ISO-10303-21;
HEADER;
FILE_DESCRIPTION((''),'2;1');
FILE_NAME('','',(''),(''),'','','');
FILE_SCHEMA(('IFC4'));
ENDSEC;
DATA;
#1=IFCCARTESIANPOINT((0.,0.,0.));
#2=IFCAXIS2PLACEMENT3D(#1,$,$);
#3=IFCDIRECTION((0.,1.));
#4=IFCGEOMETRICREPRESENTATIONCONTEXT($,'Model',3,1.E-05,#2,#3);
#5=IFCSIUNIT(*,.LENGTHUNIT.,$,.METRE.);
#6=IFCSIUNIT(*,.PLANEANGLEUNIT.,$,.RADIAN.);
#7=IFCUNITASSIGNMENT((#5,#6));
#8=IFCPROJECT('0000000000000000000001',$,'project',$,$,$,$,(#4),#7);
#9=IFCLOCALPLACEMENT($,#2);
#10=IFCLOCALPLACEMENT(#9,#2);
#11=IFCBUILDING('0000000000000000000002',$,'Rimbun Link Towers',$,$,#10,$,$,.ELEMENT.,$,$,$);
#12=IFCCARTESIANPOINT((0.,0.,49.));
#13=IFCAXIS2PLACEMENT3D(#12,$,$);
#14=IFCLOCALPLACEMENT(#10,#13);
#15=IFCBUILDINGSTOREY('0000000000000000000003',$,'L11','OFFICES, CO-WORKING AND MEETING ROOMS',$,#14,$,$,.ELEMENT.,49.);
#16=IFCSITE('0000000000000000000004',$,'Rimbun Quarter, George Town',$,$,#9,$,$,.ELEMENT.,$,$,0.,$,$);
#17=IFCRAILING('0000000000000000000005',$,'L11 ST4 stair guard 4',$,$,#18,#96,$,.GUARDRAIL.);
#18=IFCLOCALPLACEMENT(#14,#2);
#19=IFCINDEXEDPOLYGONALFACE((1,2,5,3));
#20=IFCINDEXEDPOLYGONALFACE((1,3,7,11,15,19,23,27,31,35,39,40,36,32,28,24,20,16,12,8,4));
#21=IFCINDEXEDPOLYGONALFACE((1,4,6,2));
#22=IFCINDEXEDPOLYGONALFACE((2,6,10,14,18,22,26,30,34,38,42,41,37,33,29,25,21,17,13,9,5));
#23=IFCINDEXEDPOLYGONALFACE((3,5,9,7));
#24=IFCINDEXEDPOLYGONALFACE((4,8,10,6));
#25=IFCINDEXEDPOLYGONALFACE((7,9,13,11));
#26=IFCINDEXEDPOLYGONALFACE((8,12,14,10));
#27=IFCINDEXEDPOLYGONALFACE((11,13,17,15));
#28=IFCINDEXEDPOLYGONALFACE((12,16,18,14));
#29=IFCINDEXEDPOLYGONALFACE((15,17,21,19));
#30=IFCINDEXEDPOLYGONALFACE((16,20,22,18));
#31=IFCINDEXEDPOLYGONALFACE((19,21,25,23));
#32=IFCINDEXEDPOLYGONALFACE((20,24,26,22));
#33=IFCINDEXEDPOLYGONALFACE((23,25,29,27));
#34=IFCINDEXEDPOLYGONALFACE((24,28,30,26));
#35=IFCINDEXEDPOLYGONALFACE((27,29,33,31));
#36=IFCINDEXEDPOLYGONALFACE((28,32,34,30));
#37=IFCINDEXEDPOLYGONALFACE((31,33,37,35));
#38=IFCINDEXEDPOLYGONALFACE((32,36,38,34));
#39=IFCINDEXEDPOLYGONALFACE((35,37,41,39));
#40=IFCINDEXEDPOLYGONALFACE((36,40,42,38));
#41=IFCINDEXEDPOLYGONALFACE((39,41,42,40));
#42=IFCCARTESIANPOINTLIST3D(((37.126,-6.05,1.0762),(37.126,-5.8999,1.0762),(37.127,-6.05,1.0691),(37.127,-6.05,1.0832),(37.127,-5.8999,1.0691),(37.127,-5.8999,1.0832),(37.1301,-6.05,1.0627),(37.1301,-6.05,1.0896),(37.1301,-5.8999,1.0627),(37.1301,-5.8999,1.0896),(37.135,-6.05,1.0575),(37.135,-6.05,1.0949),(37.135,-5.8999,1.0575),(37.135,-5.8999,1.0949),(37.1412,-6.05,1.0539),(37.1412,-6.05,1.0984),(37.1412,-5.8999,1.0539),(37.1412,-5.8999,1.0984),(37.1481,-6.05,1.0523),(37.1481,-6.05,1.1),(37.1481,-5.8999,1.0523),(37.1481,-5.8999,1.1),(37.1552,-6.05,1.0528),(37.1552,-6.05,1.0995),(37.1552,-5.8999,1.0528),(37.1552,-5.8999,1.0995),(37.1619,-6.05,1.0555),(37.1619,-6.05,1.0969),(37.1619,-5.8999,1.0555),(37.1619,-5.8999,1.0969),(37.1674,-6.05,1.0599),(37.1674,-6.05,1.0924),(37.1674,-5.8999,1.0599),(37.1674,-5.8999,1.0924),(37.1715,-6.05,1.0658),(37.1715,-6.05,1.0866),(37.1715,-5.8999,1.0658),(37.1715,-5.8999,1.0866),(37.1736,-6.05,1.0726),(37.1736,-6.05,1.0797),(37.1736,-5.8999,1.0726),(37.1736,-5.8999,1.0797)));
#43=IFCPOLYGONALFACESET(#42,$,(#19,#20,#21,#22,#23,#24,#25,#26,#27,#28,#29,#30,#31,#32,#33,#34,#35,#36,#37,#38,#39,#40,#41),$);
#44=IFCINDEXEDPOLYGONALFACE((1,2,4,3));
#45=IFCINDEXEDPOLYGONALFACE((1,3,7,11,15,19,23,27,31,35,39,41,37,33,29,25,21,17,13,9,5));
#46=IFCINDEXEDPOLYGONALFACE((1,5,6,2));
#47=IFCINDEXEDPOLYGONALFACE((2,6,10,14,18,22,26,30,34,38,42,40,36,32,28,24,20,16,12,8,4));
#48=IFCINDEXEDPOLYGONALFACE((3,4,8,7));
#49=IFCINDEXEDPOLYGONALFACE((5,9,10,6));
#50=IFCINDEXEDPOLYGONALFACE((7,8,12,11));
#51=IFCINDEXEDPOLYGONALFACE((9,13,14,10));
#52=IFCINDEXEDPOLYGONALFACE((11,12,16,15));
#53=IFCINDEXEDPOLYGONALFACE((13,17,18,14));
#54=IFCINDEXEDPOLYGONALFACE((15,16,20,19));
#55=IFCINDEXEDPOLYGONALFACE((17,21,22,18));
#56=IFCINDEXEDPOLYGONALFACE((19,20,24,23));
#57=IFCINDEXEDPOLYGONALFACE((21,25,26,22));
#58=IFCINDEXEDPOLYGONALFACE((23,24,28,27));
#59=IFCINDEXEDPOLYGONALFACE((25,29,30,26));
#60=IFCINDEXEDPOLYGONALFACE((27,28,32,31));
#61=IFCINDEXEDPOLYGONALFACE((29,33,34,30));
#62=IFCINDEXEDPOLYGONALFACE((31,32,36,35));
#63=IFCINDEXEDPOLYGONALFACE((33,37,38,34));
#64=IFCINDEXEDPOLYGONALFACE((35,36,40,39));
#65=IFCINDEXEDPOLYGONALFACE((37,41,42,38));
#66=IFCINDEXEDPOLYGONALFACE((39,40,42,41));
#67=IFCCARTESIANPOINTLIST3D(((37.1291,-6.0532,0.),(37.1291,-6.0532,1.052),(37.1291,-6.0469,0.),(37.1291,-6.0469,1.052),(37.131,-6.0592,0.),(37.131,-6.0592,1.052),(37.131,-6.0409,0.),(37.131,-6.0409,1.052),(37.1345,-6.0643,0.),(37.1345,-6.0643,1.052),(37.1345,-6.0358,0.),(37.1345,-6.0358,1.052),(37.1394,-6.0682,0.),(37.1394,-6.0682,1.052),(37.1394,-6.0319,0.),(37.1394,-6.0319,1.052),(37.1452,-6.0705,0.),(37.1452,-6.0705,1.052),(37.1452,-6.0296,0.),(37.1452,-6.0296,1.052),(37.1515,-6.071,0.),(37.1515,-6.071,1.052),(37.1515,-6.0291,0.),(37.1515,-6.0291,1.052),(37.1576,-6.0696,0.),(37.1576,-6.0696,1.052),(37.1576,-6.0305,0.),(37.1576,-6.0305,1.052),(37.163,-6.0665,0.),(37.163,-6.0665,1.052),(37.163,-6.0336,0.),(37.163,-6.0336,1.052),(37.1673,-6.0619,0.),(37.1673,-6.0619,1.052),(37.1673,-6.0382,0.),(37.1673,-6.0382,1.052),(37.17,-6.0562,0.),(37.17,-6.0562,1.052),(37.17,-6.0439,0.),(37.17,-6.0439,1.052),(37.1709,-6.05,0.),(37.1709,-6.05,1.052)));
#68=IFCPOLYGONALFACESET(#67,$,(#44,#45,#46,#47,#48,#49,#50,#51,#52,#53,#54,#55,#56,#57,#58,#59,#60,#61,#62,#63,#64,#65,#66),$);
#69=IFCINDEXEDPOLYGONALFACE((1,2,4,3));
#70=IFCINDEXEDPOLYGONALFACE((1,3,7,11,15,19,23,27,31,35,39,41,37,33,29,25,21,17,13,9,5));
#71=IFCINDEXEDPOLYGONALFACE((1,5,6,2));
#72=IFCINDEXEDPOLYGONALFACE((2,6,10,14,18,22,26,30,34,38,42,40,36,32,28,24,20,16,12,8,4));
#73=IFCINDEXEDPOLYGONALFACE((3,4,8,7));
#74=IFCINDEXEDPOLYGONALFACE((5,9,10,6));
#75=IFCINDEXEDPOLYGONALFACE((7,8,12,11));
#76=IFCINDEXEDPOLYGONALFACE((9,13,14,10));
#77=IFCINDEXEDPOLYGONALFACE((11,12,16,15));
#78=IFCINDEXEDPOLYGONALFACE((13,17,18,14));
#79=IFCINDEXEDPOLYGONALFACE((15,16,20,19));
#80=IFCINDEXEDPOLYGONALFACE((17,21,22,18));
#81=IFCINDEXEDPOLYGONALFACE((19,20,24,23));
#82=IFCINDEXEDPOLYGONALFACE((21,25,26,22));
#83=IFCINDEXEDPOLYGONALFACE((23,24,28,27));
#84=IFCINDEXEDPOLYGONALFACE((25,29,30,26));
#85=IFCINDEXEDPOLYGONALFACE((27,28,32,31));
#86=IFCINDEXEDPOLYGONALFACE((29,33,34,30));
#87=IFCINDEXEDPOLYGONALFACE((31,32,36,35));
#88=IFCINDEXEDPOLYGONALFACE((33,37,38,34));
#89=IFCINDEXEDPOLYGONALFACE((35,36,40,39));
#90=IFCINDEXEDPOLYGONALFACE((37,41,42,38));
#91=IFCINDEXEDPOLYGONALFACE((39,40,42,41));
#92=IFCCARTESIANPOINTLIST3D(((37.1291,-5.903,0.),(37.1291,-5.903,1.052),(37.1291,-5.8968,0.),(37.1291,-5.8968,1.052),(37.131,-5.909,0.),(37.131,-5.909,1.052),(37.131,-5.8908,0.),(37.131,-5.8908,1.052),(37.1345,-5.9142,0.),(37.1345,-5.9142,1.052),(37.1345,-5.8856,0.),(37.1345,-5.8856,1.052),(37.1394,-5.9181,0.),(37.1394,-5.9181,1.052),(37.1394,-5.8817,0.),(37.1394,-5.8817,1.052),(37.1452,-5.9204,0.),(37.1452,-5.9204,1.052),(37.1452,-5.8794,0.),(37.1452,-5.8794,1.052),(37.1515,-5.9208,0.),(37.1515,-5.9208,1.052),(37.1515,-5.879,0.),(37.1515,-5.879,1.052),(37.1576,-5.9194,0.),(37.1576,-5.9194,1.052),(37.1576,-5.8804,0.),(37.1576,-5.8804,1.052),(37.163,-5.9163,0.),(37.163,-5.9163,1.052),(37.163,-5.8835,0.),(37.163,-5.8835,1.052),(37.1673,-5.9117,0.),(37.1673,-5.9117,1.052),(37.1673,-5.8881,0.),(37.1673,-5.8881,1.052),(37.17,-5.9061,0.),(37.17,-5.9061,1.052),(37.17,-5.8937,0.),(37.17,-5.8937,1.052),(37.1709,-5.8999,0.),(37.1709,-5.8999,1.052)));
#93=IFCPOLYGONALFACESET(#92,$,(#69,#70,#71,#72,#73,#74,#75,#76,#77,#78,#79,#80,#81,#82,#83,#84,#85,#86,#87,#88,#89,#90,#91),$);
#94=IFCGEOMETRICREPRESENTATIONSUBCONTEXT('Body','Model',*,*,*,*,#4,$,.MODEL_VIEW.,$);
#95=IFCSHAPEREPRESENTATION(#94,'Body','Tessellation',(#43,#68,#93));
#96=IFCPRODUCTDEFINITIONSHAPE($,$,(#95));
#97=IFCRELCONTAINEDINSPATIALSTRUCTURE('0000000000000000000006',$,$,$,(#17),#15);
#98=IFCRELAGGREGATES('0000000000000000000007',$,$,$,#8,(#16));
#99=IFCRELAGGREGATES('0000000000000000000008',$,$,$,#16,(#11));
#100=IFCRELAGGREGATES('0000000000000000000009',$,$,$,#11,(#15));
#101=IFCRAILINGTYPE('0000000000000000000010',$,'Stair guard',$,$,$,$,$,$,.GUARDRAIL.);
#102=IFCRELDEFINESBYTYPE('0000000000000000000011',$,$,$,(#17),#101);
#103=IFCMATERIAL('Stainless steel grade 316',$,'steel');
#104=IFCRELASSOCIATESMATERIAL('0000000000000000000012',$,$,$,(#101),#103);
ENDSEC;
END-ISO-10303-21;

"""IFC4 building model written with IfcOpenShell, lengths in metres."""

from ifc_helpers import new_model, si_unit, direction, frame, origin, origin_2d, place, context, subcontext, project, spatial, circle, extrude, material, type_object, element, save


model = new_model("IFC4")

# Units and contexts
model_context = context("Model", 3, precision=1e-05, world=origin(), true_north=direction((0.0, 1.0)))
body_context = subcontext(model_context, "Body", "Model", "MODEL_VIEW")
ifc_project = project(units=[si_unit("LENGTHUNIT", "METRE"), si_unit("PLANEANGLEUNIT", "RADIAN")], contexts=[model_context])

# Site, building, storey
site_placement = place(None, origin())
site = spatial("IfcSite", under=ifc_project, at=site_placement, Name="Rimbun Quarter, George Town", CompositionType="ELEMENT", RefElevation=0.0)
building_placement = place(site_placement, origin())
building = spatial("IfcBuilding", under=site, at=building_placement, Name="Rimbun Link Towers", CompositionType="ELEMENT")
storey_placement = place(building_placement, frame((0.0, 0.0, 49.0)))
storey = spatial("IfcBuildingStorey", under=building, at=storey_placement, Name="L11", Description="OFFICES, CO-WORKING AND MEETING ROOMS", CompositionType="ELEMENT", Elevation=49.0)

# Railing
ifc_material_1 = material(Name="Stainless steel grade 316", Category="steel")
railing_type_1 = type_object("IfcRailingType", Name="Stair guard", PredefinedType="GUARDRAIL", material=ifc_material_1)
railing_1_placement = place(storey_placement, frame((37.1499, -6.05, 0.0)))
element("IfcRailing", 1, at=railing_1_placement, inside=storey, type_object=railing_type_1, Name="L11 ST4 stair guard 4", PredefinedType="GUARDRAIL", context=body_context, shape_type="SweptSolid", body=[
    extrude(circle(Radius=0.0239, at=origin_2d()), frame((0.0, 0.0, 1.0762), z_axis=(0.0, 1.0, 0.0), x_axis=(-1.0, 0.0, 0.0)), (0.0, 0.0, 1.0), 0.1501),
    extrude(circle(Radius=0.021, at=origin_2d()), origin(), (0.0, 0.0, 1.0), 1.052),
    extrude(circle(Radius=0.021, at=origin_2d()), frame((0.0, 0.1501, 0.0)), (0.0, 0.0, 1.0), 1.052),
])

save(model, "model.ifc")
